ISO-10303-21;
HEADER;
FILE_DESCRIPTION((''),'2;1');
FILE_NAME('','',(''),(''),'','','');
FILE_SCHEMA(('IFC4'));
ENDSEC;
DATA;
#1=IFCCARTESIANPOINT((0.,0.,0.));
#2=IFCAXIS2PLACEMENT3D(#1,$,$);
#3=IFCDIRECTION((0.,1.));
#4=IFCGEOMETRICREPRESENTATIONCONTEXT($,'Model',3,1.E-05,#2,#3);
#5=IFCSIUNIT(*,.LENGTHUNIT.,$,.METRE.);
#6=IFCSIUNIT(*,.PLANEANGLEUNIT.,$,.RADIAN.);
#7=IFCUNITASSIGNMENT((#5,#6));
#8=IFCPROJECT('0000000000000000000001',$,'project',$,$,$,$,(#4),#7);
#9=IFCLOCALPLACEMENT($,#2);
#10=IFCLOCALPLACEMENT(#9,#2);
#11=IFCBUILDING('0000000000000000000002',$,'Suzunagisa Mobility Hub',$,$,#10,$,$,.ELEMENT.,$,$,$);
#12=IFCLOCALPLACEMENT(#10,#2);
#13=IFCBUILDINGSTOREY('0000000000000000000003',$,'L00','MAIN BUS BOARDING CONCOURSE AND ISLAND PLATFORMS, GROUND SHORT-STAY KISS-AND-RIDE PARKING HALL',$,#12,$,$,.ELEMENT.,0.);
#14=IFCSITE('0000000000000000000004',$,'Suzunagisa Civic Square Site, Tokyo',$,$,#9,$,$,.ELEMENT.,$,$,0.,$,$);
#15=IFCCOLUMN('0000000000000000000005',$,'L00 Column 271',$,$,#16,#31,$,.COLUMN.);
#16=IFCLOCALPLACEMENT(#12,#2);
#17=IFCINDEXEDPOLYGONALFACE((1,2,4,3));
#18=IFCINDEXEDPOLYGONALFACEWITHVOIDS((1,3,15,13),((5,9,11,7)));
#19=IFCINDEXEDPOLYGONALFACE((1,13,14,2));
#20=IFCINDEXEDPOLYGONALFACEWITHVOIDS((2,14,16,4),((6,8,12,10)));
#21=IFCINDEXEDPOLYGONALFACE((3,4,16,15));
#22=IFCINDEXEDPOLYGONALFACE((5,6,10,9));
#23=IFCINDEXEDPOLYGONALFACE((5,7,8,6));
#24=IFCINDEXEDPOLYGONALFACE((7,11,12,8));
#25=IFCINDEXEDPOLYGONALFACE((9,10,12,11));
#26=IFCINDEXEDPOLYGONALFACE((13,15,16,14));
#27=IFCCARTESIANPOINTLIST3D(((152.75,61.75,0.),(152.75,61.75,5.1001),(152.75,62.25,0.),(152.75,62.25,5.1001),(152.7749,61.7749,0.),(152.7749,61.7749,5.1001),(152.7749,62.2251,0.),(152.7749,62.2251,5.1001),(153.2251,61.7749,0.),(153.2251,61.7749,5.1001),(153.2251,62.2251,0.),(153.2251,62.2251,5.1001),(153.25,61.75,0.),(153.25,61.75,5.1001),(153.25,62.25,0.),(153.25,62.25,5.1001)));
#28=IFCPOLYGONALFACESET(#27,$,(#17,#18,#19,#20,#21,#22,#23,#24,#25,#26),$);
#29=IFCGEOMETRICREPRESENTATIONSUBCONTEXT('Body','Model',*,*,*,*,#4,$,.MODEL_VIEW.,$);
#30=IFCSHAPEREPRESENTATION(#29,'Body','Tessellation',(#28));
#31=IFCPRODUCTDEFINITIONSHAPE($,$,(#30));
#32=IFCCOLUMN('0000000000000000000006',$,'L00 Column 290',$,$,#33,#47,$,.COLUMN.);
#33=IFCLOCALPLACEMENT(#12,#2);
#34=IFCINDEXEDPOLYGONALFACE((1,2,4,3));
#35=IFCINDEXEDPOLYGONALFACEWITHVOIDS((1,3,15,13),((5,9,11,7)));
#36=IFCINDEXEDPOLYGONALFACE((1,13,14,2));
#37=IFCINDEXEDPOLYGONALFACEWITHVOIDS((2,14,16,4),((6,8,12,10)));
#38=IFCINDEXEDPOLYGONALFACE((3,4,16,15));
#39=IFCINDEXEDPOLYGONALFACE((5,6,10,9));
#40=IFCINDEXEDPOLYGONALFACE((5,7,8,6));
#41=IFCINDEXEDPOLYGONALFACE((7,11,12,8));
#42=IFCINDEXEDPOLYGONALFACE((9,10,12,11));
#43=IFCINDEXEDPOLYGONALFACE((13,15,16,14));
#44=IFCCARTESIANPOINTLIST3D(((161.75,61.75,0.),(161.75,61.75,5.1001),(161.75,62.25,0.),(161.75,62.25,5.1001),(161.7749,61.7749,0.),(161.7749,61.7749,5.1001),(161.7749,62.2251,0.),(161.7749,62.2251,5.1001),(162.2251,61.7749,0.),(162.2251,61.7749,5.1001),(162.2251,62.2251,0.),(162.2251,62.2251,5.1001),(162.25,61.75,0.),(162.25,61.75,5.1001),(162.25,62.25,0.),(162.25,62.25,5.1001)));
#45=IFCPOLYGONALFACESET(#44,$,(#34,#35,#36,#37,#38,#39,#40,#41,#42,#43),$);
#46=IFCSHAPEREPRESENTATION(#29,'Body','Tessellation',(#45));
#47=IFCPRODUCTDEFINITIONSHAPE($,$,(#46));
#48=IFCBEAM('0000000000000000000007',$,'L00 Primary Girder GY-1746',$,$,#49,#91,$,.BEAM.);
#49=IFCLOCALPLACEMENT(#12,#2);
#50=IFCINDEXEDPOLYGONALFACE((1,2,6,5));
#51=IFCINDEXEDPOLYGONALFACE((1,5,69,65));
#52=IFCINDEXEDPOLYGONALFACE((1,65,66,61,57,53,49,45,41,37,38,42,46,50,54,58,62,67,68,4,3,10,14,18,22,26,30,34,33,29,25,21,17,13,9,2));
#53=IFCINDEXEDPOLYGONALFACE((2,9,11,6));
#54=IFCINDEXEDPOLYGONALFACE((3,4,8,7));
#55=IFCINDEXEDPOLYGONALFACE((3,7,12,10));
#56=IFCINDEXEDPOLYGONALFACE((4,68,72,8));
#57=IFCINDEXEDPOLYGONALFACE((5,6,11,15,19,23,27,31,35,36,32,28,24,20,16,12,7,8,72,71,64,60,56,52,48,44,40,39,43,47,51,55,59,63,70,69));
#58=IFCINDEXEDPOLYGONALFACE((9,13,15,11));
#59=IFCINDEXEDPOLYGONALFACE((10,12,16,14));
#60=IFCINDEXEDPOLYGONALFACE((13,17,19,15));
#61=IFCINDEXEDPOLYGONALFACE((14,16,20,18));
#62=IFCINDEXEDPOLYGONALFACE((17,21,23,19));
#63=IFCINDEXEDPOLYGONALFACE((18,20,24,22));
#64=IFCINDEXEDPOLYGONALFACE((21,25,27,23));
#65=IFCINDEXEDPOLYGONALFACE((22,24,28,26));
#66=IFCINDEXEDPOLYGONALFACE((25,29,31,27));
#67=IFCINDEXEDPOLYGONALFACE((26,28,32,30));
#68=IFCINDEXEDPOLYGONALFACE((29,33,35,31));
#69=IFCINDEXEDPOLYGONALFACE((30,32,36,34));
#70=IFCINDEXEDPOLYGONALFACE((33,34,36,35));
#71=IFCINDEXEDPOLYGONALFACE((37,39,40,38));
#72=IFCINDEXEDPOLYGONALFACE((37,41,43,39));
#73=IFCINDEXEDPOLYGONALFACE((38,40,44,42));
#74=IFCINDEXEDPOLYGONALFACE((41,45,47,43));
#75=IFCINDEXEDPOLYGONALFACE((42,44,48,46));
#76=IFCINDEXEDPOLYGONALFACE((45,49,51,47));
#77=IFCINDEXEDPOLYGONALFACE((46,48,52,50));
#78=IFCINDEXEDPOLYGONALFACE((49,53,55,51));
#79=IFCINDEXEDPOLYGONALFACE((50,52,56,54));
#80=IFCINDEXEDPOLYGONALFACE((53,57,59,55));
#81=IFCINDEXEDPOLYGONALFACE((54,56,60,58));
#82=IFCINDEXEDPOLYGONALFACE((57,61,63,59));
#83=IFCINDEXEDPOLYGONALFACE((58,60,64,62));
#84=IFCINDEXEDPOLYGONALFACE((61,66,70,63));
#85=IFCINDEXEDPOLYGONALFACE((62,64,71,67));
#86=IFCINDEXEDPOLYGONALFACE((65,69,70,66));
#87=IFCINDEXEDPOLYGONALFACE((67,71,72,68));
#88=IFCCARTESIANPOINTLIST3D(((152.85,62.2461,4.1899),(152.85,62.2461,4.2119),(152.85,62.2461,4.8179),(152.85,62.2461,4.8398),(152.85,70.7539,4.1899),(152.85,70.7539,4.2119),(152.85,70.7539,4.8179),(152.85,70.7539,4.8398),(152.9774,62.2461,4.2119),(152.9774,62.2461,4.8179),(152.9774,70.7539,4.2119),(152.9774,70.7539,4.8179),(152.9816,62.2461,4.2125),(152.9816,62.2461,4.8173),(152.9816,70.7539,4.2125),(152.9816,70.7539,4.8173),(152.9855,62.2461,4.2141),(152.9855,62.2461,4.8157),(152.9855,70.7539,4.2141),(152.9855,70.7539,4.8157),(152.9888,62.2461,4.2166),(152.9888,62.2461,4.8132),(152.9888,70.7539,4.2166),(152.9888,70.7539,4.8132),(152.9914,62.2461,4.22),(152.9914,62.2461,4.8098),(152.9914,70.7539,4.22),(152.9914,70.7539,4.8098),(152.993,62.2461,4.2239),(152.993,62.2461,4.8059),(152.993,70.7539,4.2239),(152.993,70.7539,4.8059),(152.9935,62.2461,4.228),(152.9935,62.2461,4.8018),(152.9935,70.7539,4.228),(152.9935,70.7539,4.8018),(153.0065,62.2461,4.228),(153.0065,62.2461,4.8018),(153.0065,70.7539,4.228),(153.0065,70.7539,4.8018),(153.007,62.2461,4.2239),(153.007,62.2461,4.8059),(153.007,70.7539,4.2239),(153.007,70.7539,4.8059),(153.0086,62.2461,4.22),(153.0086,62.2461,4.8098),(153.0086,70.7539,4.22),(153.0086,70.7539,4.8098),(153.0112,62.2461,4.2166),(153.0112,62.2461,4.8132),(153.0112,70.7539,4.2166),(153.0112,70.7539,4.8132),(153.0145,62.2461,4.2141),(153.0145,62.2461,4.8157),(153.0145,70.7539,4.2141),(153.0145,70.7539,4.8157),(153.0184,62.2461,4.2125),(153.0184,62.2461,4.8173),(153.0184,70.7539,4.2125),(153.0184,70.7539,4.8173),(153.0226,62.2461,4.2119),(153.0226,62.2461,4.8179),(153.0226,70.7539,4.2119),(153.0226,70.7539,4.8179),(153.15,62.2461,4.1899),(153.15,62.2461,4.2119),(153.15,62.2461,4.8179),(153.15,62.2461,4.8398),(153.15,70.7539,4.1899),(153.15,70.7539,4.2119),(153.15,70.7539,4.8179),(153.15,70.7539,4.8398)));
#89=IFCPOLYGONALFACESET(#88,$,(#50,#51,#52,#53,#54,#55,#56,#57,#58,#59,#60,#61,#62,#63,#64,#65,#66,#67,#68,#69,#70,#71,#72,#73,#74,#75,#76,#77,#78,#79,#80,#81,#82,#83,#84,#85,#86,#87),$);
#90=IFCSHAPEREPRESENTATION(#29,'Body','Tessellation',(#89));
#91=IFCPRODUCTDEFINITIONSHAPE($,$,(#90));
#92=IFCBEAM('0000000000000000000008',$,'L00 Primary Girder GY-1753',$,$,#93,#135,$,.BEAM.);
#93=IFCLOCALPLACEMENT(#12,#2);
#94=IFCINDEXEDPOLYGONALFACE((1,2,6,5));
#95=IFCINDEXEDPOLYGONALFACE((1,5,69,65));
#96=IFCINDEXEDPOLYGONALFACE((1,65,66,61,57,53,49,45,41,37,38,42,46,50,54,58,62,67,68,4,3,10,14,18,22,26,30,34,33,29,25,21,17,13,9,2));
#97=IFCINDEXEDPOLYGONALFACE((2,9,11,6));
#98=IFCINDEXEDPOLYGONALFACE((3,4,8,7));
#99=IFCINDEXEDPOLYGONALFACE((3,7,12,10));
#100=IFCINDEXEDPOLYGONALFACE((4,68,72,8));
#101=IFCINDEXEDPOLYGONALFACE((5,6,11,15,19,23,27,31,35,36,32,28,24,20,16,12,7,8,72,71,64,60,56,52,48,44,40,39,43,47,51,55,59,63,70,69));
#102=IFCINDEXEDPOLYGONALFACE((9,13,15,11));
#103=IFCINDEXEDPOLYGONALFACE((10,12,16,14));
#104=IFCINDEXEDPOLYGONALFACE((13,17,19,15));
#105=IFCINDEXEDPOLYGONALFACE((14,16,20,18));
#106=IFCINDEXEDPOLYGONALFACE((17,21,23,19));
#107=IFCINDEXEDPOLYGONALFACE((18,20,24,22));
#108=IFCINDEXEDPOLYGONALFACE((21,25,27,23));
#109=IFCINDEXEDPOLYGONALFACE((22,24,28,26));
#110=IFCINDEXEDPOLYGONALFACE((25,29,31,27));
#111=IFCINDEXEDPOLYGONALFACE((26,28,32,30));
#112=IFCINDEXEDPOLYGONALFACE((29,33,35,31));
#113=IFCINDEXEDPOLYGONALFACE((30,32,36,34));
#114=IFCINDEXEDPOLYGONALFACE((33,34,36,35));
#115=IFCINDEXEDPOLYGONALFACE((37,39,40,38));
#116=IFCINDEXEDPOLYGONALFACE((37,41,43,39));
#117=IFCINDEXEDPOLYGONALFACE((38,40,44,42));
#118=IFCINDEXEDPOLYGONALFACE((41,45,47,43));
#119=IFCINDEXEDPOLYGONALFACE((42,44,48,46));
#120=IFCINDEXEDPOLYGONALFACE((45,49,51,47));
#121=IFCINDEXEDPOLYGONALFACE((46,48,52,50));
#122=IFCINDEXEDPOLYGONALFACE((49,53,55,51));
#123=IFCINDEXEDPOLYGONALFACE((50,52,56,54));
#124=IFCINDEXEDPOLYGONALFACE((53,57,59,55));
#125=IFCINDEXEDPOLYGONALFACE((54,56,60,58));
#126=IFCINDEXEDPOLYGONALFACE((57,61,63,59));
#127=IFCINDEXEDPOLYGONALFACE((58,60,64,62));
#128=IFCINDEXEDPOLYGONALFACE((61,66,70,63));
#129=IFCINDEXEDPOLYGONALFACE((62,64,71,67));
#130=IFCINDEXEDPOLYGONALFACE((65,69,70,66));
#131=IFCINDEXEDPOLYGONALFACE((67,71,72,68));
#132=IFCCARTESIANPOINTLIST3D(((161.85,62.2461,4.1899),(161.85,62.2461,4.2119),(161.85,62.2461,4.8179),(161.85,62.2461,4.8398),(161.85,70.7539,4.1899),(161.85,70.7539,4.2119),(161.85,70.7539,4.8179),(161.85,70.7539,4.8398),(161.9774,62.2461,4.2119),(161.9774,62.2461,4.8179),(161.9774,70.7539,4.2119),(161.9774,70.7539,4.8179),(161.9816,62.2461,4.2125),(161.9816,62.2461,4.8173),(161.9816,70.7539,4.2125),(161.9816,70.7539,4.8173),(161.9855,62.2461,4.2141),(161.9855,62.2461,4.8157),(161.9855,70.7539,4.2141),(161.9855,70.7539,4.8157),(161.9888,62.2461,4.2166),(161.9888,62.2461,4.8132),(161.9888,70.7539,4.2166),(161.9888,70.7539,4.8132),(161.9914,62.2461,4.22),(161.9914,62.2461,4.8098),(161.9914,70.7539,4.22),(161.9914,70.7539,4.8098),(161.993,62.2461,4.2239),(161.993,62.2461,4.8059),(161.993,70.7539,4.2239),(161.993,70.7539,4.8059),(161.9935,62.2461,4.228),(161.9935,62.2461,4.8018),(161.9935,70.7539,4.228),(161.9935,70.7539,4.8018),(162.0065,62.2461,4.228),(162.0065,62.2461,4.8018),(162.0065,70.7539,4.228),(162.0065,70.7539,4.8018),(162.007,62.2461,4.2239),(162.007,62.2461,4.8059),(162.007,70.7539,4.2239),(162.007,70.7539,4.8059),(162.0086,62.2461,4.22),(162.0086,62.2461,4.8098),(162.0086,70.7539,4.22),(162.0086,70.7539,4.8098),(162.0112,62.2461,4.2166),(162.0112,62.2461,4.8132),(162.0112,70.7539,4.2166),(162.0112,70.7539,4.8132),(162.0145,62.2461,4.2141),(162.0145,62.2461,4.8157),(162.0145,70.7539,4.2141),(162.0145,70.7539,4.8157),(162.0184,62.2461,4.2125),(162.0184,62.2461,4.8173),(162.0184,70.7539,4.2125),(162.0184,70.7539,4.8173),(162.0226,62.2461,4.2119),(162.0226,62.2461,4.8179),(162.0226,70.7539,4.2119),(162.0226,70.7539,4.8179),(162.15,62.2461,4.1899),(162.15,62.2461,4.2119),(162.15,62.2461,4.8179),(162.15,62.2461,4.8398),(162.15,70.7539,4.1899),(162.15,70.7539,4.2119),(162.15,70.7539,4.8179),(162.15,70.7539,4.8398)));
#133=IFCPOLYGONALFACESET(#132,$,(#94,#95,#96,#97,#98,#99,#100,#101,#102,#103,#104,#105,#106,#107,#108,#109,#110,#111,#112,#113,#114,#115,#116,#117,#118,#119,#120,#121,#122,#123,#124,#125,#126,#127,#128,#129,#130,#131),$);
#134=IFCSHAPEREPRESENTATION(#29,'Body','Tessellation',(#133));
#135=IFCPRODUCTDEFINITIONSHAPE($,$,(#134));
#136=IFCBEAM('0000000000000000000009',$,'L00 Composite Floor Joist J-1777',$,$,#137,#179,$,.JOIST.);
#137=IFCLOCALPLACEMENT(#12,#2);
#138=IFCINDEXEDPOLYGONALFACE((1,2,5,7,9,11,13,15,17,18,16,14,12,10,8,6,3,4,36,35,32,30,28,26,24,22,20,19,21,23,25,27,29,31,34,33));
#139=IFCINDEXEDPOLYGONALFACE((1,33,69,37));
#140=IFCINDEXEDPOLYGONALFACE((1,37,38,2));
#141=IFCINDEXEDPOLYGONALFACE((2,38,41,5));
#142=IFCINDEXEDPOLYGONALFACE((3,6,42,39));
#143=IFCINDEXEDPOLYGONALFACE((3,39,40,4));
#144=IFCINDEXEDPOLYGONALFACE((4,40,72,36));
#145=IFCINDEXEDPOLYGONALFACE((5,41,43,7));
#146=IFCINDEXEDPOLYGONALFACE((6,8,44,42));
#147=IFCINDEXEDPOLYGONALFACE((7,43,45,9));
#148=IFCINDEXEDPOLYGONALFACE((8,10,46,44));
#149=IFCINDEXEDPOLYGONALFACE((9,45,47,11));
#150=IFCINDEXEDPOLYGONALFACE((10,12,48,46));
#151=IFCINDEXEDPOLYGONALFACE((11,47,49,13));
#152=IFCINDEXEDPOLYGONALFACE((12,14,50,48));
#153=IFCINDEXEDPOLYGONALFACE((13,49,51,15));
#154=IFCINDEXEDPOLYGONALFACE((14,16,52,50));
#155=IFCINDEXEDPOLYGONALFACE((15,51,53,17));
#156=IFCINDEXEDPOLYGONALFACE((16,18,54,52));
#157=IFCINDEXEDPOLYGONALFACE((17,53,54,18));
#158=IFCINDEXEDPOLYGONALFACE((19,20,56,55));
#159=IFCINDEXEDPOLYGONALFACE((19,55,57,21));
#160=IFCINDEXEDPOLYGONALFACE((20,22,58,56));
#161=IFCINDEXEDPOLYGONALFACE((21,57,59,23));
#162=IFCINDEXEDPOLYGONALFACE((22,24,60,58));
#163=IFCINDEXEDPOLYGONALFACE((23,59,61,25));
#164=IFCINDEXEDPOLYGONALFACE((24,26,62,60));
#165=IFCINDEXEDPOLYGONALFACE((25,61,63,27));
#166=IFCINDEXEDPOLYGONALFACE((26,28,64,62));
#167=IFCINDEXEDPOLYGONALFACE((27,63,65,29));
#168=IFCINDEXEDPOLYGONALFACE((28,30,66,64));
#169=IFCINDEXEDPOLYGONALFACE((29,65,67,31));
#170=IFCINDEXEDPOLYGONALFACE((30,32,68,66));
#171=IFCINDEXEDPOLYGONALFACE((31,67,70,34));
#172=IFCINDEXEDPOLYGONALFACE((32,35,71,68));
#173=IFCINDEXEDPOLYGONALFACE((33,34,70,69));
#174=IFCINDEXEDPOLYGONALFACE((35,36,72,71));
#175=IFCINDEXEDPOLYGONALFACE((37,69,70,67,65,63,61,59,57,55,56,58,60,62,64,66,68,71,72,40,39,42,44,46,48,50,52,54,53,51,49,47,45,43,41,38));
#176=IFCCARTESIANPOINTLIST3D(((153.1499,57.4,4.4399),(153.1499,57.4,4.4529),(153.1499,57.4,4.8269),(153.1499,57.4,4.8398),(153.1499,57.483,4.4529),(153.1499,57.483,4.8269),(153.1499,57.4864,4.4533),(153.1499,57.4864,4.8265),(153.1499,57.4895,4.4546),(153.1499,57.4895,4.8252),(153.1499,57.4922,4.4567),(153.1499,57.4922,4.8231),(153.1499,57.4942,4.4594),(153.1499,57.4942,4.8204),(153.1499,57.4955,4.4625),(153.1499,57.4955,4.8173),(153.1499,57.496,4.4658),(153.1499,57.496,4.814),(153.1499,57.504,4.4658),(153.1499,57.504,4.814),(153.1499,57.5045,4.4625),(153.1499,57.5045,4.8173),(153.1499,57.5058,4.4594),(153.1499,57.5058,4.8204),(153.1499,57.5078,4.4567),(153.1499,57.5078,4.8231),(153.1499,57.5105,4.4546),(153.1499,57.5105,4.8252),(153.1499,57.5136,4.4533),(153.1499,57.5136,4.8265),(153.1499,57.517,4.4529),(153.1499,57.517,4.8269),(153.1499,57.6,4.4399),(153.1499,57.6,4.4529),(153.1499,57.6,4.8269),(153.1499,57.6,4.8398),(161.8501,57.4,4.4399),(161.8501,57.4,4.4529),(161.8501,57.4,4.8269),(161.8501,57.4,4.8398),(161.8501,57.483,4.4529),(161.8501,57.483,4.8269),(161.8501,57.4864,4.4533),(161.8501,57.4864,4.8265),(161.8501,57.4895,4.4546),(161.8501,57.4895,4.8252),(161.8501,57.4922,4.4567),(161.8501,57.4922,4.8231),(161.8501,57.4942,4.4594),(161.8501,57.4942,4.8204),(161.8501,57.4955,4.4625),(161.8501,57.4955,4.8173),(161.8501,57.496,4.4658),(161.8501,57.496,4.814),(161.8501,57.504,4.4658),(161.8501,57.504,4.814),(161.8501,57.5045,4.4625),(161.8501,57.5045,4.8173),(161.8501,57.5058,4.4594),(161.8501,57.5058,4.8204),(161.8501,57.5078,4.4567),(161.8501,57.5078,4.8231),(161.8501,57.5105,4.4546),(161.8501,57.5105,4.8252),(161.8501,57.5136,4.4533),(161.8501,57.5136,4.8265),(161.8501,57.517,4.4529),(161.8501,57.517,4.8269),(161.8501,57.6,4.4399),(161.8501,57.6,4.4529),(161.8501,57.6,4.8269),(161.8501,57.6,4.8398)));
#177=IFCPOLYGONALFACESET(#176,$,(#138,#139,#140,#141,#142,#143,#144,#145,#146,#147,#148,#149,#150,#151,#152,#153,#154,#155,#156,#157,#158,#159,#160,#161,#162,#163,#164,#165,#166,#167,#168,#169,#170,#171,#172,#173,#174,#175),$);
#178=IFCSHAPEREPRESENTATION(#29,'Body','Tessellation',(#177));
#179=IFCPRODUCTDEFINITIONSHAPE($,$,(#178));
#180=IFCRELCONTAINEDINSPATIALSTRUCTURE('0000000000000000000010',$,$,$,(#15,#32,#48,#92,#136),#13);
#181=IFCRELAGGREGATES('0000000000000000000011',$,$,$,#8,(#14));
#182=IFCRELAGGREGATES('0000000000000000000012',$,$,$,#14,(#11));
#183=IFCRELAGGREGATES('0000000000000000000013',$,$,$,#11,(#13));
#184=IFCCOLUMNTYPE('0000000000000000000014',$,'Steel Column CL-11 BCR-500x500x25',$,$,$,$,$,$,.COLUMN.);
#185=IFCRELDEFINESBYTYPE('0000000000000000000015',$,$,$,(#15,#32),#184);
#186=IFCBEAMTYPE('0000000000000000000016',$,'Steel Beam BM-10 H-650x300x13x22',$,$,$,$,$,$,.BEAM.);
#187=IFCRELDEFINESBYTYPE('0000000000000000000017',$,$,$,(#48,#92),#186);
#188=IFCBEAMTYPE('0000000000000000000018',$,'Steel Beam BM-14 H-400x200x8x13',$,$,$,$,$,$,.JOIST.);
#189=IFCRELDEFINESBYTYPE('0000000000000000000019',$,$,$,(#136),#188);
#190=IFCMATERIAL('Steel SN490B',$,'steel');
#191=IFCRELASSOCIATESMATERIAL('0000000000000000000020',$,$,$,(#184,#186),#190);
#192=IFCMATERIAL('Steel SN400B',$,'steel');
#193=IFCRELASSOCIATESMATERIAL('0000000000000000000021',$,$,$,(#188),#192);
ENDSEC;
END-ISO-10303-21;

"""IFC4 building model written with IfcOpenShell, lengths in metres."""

from ifc_helpers import new_model, si_unit, direction, frame, origin, origin_2d, place, context, subcontext, project, spatial, hollow_rectangle, i_section, extrude, material, material_profile, profile_set, type_object, element, save


model = new_model("IFC4")

# Units and contexts
model_context = context("Model", 3, precision=1e-05, world=origin(), true_north=direction((0.0, 1.0)))
body_context = subcontext(model_context, "Body", "Model", "MODEL_VIEW")
ifc_project = project(units=[si_unit("LENGTHUNIT", "METRE"), si_unit("PLANEANGLEUNIT", "RADIAN")], contexts=[model_context])

# Site, building, storey
site_placement = place(None, origin())
site = spatial("IfcSite", under=ifc_project, at=site_placement, Name="Suzunagisa Civic Square Site, Tokyo", CompositionType="ELEMENT", RefElevation=0.0)
building_placement = place(site_placement, origin())
building = spatial("IfcBuilding", under=site, at=building_placement, Name="Suzunagisa Mobility Hub", CompositionType="ELEMENT")
storey_placement = place(building_placement, origin())
storey = spatial("IfcBuildingStorey", under=building, at=storey_placement, Name="L00", Description="MAIN BUS BOARDING CONCOURSE AND ISLAND PLATFORMS, GROUND SHORT-STAY KISS-AND-RIDE PARKING HALL", CompositionType="ELEMENT", Elevation=0.0)

# Columns
ifc_material_1 = material(Name="Steel SN490B", Category="steel")
ifc_material_profile_1 = material_profile(ifc_material_1, hollow_rectangle(XDim=0.5, YDim=0.5, WallThickness=0.0249, at=origin_2d()), Name="BCR-500x500x25")
ifc_profile_set_1 = profile_set([ifc_material_profile_1], Name="Steel SN490B")
column_type = type_object("IfcColumnType", Name="Steel Column CL-11 BCR-500x500x25", PredefinedType="COLUMN", material=ifc_profile_set_1)
for number, where, z_axis, x_axis, name in (
    (1, (153.0, 62.0, 0.0), (0.0, 0.0, 1.0), (1.0, 0.0, 0.0), "L00 Column 271"),
    (2, (162.0, 62.0, 0.0), (0.0, 0.0, 1.0), (1.0, 0.0, 0.0), "L00 Column 290"),
):
    element("IfcColumn", number, at=place(storey_placement, frame(where, z_axis=z_axis, x_axis=x_axis)), inside=storey, type_object=column_type, Name=name, PredefinedType="COLUMN", context=body_context, shape_type="SweptSolid", body=[
        extrude(hollow_rectangle(XDim=0.5, YDim=0.5, WallThickness=0.0249, at=origin_2d()), origin(), (0.0, 0.0, 1.0), 5.1001),
    ])

# Beams
ifc_material_profile_2 = material_profile(ifc_material_1, i_section(OverallWidth=0.3, OverallDepth=0.6499, WebThickness=0.0129, FlangeThickness=0.022, FilletRadius=0.0161, at=origin_2d()), Name="H-650x300x13x22")
ifc_profile_set_2 = profile_set([ifc_material_profile_2], Name="Steel SN490B")
beam_type_1 = type_object("IfcBeamType", Name="Steel Beam BM-10 H-650x300x13x22", PredefinedType="BEAM", material=ifc_profile_set_2)
for number, where, z_axis, x_axis, name in (
    (3, (153.0, 62.2461, 4.5149), (0.0, 1.0, 0.0), (-1.0, 0.0, 0.0), "L00 Primary Girder GY-1746"),
    (4, (162.0, 62.2461, 4.5149), (0.0, 1.0, 0.0), (-1.0, 0.0, 0.0), "L00 Primary Girder GY-1753"),
):
    element("IfcBeam", number, at=place(storey_placement, frame(where, z_axis=z_axis, x_axis=x_axis)), inside=storey, type_object=beam_type_1, Name=name, PredefinedType="BEAM", context=body_context, shape_type="SweptSolid", body=[
        extrude(i_section(OverallWidth=0.3, OverallDepth=0.6499, WebThickness=0.0129, FlangeThickness=0.022, FilletRadius=0.0161, at=origin_2d()), origin(), (0.0, 0.0, 1.0), 8.5078),
    ])
ifc_material_2 = material(Name="Steel SN400B", Category="steel")
ifc_material_profile_3 = material_profile(ifc_material_2, i_section(OverallWidth=0.2, OverallDepth=0.3999, WebThickness=0.0081, FlangeThickness=0.0129, FilletRadius=0.0129, at=origin_2d()), Name="H-400x200x8x13")
ifc_profile_set_3 = profile_set([ifc_material_profile_3], Name="Steel SN400B")
beam_type_2 = type_object("IfcBeamType", Name="Steel Beam BM-14 H-400x200x8x13", PredefinedType="JOIST", material=ifc_profile_set_3)
for number, where, z_axis, x_axis, name in (
    (5, (153.1499, 57.5, 4.6399), (1.0, 0.0, 0.0), (0.0, 1.0, 0.0), "L00 Composite Floor Joist J-1777"),
):
    element("IfcBeam", number, at=place(storey_placement, frame(where, z_axis=z_axis, x_axis=x_axis)), inside=storey, type_object=beam_type_2, Name=name, PredefinedType="JOIST", context=body_context, shape_type="SweptSolid", body=[
        extrude(i_section(OverallWidth=0.2, OverallDepth=0.3999, WebThickness=0.0081, FlangeThickness=0.0129, FilletRadius=0.0129, at=origin_2d()), origin(), (0.0, 0.0, 1.0), 8.7002),
    ])

save(model, "model.ifc")
